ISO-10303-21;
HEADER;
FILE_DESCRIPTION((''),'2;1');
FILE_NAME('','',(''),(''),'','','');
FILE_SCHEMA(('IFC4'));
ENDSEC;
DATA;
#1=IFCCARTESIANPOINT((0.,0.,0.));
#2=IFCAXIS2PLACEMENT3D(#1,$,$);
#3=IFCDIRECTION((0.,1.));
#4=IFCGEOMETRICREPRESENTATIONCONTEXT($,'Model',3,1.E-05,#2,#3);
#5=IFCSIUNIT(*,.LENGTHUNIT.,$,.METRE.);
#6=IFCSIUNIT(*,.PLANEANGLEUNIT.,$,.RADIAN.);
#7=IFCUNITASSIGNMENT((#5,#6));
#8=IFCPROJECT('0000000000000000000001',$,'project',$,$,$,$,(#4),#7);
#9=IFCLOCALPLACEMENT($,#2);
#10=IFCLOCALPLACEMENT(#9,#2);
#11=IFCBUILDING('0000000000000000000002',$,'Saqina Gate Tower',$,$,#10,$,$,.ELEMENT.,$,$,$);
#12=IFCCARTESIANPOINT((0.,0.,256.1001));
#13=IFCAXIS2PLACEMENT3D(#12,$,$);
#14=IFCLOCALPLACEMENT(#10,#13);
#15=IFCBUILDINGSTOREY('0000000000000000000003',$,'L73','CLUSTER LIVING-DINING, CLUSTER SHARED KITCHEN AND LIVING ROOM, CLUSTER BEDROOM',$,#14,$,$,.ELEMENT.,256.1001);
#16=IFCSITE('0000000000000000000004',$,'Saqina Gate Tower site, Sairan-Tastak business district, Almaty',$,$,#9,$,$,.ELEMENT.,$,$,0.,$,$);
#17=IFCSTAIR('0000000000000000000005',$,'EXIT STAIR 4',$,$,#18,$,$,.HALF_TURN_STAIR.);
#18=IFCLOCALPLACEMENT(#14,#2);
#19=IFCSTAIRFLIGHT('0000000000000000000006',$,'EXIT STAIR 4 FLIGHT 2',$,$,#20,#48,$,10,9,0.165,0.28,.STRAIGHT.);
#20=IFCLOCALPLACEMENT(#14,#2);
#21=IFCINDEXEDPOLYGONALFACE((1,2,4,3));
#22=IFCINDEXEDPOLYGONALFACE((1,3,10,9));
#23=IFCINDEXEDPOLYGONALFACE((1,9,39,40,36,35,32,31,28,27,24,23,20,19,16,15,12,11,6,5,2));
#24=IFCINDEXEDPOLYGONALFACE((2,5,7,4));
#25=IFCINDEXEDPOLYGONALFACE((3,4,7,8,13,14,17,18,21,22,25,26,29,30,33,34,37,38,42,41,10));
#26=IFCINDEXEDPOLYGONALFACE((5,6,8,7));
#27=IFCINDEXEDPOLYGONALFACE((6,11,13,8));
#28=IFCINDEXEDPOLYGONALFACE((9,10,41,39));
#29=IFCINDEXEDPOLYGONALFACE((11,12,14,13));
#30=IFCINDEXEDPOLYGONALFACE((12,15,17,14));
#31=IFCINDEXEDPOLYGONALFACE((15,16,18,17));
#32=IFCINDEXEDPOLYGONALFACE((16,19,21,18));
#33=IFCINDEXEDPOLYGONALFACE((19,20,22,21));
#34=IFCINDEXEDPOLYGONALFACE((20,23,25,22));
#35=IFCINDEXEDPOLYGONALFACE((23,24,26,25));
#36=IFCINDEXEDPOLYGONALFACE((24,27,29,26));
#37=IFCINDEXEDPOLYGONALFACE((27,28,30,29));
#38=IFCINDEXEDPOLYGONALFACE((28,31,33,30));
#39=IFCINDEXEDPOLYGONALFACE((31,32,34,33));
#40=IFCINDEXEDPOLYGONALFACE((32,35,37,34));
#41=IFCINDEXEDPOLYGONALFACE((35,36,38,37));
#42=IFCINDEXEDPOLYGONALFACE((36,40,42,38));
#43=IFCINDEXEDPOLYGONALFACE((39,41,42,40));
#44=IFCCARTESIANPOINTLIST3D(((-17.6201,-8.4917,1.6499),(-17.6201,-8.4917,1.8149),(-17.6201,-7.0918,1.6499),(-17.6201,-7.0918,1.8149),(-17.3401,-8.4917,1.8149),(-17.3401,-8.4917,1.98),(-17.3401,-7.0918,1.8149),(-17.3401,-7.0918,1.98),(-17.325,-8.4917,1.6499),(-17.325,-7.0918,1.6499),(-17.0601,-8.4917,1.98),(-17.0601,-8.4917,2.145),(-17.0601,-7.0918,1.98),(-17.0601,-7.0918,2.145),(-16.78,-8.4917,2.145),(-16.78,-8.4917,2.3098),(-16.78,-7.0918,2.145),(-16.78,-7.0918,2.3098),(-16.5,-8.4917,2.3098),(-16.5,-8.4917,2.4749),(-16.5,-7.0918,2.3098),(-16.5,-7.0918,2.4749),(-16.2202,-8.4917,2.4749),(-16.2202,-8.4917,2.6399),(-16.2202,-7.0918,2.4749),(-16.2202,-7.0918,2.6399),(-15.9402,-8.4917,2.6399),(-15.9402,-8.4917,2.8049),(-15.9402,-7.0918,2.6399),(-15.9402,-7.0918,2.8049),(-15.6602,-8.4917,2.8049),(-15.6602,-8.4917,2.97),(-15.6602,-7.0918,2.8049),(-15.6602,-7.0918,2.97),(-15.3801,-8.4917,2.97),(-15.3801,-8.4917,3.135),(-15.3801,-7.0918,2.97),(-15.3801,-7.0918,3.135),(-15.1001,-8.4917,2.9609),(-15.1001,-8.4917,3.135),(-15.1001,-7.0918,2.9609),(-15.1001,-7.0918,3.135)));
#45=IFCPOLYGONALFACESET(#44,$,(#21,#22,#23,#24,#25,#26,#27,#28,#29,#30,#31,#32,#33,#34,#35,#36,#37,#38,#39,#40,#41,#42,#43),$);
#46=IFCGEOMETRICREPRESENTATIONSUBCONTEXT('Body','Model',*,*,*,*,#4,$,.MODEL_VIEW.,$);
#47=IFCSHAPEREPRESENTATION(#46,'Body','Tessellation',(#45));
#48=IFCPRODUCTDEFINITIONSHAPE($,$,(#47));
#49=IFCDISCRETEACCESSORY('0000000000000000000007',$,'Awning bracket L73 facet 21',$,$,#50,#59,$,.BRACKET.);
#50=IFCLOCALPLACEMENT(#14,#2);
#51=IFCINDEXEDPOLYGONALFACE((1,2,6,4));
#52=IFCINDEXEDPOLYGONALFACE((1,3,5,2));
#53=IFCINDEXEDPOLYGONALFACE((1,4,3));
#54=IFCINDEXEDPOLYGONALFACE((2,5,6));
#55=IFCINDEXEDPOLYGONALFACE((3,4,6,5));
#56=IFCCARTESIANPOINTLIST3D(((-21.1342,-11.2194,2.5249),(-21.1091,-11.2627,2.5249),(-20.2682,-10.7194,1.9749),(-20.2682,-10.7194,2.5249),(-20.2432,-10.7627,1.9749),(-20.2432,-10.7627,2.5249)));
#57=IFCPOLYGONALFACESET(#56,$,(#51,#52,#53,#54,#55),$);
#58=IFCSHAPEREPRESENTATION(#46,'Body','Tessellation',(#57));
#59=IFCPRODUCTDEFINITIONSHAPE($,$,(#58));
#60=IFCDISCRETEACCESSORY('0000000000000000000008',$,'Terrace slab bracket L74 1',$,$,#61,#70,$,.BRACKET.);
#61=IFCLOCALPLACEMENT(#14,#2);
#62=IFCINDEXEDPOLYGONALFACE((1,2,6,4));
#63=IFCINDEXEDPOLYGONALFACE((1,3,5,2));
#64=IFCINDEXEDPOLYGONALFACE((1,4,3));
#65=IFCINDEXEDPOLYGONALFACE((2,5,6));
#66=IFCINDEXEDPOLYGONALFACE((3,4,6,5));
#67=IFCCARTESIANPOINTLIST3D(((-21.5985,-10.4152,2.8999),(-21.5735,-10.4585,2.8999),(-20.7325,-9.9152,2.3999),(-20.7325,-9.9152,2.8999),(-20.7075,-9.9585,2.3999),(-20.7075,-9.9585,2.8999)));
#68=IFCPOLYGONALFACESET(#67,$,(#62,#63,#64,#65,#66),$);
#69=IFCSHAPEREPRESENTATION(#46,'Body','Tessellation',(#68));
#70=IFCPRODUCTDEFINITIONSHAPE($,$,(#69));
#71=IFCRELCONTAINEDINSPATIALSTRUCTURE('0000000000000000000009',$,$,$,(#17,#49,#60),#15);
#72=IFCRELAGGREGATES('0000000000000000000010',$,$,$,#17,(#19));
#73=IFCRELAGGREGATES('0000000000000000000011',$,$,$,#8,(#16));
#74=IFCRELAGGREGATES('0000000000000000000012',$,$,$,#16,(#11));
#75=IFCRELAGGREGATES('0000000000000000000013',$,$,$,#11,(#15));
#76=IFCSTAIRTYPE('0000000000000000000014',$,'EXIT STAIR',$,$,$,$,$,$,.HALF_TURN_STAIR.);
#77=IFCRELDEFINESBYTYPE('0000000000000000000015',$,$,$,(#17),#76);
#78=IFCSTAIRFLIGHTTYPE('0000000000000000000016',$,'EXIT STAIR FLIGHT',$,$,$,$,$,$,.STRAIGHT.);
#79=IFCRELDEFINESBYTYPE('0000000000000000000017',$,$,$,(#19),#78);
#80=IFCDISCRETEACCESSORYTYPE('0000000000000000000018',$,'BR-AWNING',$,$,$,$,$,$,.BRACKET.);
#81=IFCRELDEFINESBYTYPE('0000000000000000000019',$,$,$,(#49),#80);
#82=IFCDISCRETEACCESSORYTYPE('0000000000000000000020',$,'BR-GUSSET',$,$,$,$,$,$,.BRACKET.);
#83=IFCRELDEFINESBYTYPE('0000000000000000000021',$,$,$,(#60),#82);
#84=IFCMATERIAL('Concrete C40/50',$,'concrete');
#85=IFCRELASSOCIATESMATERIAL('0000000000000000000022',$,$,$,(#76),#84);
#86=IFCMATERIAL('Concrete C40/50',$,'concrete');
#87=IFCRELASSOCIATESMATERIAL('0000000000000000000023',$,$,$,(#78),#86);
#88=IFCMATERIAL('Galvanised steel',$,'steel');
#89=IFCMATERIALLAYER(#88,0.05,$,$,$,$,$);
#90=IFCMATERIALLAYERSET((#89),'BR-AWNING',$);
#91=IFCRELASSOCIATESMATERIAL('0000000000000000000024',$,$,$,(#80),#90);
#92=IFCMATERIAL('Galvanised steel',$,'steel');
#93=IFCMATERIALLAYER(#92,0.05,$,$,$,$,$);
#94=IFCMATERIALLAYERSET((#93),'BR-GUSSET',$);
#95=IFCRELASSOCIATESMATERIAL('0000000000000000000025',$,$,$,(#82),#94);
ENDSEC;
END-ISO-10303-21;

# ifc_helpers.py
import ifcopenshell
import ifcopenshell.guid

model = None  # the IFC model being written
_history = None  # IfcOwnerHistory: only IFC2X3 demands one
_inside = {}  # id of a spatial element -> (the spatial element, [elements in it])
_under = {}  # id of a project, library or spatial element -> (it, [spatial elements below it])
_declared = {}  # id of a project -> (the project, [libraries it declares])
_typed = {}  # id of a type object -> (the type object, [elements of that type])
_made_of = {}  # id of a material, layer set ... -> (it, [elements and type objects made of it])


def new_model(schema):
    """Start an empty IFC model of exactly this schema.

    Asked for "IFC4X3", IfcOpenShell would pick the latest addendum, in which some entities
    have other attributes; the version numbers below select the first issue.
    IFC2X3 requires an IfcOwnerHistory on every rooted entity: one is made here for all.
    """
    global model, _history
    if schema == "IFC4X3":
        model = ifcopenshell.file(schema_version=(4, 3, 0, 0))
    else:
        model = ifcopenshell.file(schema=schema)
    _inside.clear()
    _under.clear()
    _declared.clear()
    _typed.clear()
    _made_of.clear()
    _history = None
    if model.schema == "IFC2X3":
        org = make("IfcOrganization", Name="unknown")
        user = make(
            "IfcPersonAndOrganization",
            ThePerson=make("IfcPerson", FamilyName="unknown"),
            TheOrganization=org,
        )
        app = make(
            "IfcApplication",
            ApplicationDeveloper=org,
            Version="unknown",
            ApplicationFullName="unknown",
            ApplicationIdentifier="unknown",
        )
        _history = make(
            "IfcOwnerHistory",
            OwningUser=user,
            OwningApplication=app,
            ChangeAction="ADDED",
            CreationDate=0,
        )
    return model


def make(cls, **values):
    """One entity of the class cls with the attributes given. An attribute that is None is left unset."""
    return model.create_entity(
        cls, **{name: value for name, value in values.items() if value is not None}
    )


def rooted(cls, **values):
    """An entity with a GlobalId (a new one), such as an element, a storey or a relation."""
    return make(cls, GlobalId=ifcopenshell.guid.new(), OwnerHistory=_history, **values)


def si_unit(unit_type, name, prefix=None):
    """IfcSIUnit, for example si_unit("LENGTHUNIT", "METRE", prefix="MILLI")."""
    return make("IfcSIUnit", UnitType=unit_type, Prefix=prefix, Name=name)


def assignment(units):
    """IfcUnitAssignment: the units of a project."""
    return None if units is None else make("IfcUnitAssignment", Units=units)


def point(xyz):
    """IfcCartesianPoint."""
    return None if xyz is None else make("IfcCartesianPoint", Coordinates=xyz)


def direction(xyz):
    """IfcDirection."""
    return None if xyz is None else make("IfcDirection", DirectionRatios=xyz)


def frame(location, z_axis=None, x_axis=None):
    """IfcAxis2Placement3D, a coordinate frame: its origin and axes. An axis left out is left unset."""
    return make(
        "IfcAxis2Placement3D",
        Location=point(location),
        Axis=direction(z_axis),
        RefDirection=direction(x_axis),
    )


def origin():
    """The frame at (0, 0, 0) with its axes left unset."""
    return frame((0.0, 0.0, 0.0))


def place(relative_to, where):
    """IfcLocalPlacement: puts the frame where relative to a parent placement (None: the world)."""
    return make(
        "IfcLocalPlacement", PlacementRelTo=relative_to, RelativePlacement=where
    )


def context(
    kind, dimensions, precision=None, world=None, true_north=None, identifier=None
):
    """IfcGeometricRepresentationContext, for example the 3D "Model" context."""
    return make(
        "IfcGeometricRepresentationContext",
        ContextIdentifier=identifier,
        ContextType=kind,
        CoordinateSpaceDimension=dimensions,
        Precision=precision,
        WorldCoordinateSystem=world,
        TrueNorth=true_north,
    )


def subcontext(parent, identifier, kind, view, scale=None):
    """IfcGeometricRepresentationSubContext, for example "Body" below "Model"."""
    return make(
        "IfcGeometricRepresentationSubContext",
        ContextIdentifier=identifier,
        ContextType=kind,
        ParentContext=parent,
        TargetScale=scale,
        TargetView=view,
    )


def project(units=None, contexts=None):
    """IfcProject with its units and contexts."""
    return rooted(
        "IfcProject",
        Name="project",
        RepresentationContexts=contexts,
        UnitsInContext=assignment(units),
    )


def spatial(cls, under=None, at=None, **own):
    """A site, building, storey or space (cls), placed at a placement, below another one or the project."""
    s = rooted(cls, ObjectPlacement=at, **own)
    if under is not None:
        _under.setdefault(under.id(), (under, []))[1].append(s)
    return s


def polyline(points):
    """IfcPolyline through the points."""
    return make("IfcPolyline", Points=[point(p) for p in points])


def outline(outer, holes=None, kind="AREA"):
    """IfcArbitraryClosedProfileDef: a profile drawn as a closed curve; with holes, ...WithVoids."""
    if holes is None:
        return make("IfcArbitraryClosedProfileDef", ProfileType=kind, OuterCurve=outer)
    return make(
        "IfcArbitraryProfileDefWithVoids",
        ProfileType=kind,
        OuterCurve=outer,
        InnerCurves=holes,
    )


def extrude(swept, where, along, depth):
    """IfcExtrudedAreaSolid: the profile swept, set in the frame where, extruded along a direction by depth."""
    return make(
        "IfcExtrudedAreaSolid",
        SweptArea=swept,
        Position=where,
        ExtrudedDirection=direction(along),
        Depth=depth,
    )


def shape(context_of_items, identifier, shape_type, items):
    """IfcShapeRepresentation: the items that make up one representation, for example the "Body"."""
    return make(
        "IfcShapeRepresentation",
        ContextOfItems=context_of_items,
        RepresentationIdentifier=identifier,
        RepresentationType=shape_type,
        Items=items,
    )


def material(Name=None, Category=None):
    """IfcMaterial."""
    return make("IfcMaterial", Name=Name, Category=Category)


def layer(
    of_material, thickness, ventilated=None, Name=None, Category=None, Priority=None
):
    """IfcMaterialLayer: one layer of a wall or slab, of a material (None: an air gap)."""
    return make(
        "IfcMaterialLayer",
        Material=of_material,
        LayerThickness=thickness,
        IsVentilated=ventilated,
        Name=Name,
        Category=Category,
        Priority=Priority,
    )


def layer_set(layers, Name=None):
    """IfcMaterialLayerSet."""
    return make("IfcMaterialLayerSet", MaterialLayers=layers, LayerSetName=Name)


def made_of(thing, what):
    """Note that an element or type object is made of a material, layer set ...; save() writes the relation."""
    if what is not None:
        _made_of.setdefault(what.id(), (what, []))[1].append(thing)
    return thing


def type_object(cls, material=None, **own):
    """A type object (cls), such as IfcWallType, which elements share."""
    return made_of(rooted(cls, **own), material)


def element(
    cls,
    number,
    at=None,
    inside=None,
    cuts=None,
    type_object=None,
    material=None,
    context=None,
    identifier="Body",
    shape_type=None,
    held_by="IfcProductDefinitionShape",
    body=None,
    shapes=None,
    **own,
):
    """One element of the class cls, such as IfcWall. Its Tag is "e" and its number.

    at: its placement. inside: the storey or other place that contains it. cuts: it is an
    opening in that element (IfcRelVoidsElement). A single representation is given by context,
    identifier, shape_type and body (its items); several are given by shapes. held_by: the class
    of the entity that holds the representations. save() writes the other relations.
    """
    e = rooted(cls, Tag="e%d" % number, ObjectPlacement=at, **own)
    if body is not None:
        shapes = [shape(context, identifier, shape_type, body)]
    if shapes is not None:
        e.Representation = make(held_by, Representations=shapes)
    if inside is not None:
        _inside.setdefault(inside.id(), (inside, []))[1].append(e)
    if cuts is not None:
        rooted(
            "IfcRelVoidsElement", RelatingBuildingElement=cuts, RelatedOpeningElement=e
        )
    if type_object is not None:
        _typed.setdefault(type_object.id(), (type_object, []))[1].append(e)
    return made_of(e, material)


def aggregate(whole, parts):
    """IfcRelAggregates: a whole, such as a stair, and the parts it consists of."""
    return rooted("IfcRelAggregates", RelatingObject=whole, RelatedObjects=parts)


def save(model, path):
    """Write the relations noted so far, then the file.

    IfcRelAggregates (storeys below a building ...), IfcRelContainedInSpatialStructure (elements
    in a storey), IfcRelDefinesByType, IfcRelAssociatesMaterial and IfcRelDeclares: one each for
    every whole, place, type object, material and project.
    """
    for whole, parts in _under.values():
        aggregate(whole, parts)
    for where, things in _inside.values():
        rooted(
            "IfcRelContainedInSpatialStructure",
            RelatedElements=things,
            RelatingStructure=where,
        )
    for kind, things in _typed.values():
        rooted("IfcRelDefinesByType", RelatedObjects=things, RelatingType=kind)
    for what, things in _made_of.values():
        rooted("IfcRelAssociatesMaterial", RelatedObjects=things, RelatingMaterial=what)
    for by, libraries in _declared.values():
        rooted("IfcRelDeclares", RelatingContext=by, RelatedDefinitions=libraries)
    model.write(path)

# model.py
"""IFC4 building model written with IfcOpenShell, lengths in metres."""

from ifc_helpers import new_model, si_unit, direction, frame, origin, place, context, subcontext, project, spatial, polyline, outline, extrude, material, layer, layer_set, type_object, element, aggregate, save


model = new_model("IFC4")

# Units and contexts
model_context = context("Model", 3, precision=1e-05, world=origin(), true_north=direction((0.0, 1.0)))
body_context = subcontext(model_context, "Body", "Model", "MODEL_VIEW")
ifc_project = project(units=[si_unit("LENGTHUNIT", "METRE"), si_unit("PLANEANGLEUNIT", "RADIAN")], contexts=[model_context])

# Site, building, storey
site_placement = place(None, origin())
site = spatial("IfcSite", under=ifc_project, at=site_placement, Name="Saqina Gate Tower site, Sairan-Tastak business district, Almaty", CompositionType="ELEMENT", RefElevation=0.0)
building_placement = place(site_placement, origin())
building = spatial("IfcBuilding", under=site, at=building_placement, Name="Saqina Gate Tower", CompositionType="ELEMENT")
storey_placement = place(building_placement, frame((0.0, 0.0, 256.1001)))
storey = spatial("IfcBuildingStorey", under=building, at=storey_placement, Name="L73", Description="CLUSTER LIVING-DINING, CLUSTER SHARED KITCHEN AND LIVING ROOM, CLUSTER BEDROOM", CompositionType="ELEMENT", Elevation=256.1001)

# Stair, stair flight
ifc_material_1 = material(Name="Concrete C40/50", Category="concrete")
stair_type = type_object("IfcStairType", Name="EXIT STAIR", PredefinedType="HALF_TURN_STAIR", material=ifc_material_1)
stair_placement = place(storey_placement, origin())
stair = element("IfcStair", 1, at=stair_placement, inside=storey, type_object=stair_type, Name="EXIT STAIR 4", PredefinedType="HALF_TURN_STAIR")
ifc_material_2 = material(Name="Concrete C40/50", Category="concrete")
stair_flight_type = type_object("IfcStairFlightType", Name="EXIT STAIR FLIGHT", PredefinedType="STRAIGHT", material=ifc_material_2)
stair_flight_1_placement = place(storey_placement, frame((-17.6201, -7.7917, 1.6499), z_axis=(0.0, 0.0, 1.0), x_axis=(1.0, 0.0, 0.0)))
stair_flight_1 = element("IfcStairFlight", 2, at=stair_flight_1_placement, type_object=stair_flight_type, Name="EXIT STAIR 4 FLIGHT 2", NumberOfRisers=10, NumberOfTreads=9, PredefinedType="STRAIGHT", RiserHeight=0.165, TreadLength=0.28, context=body_context, shape_type="SweptSolid", body=[
    extrude(outline(polyline([(0.0, 0.0), (0.0, 0.165), (0.28, 0.165), (0.28, 0.3301), (0.5601, 0.3301), (0.5601, 0.4951), (0.8401, 0.4951), (0.8401, 0.6599), (1.1201, 0.6599), (1.1201, 0.825), (1.3999, 0.825), (1.3999, 0.99), (1.6799, 0.99), (1.6799, 1.155), (1.96, 1.155), (1.96, 1.3201), (2.24, 1.3201), (2.24, 1.4851), (2.52, 1.4851), (2.52, 1.6499), (2.52, 1.311), (0.2952, 0.0), (0.0, 0.0)])), frame((0.0, 0.7, 0.0), z_axis=(0.0, -1.0, 0.0), x_axis=(1.0, 0.0, 0.0)), (0.0, 0.0, 1.0), 1.3999),
])
aggregate(stair, [stair_flight_1])

# Discrete accessories
ifc_material_3 = material(Name="Galvanised steel", Category="steel")
ifc_layer_1 = layer(ifc_material_3, 0.05)
ifc_layer_set_1 = layer_set([ifc_layer_1], Name="BR-AWNING")
discrete_accessory_type_1 = type_object("IfcDiscreteAccessoryType", Name="BR-AWNING", PredefinedType="BRACKET", material=ifc_layer_set_1)
discrete_accessory_1_placement = place(storey_placement, frame((-20.2432, -10.7627, 1.9749), z_axis=(0.500025, -0.866011, 0.0), x_axis=(0.0, 0.0, 1.0)))
element("IfcDiscreteAccessory", 3, at=discrete_accessory_1_placement, inside=storey, type_object=discrete_accessory_type_1, Name="Awning bracket L73 facet 21", PredefinedType="BRACKET", context=body_context, shape_type="SweptSolid", body=[
    extrude(outline(polyline([(0.0, 0.0), (0.55, 0.0), (0.55, 0.9999), (0.0, 0.0)])), origin(), (0.0, 0.0, -1.0), 0.05),
])
ifc_material_4 = material(Name="Galvanised steel", Category="steel")
ifc_layer_2 = layer(ifc_material_4, 0.05)
ifc_layer_set_2 = layer_set([ifc_layer_2], Name="BR-GUSSET")
discrete_accessory_type_2 = type_object("IfcDiscreteAccessoryType", Name="BR-GUSSET", PredefinedType="BRACKET", material=ifc_layer_set_2)
discrete_accessory_2_placement = place(storey_placement, frame((-20.7075, -9.9585, 2.3999), z_axis=(0.500025, -0.866011, 0.0), x_axis=(0.0, 0.0, 1.0)))
element("IfcDiscreteAccessory", 4, at=discrete_accessory_2_placement, inside=storey, type_object=discrete_accessory_type_2, Name="Terrace slab bracket L74 1", PredefinedType="BRACKET", context=body_context, shape_type="SweptSolid", body=[
    extrude(outline(polyline([(0.0, 0.0), (0.5, 0.0), (0.5, 0.9999), (0.0, 0.0)])), origin(), (0.0, 0.0, -1.0), 0.05),
])

save(model, "model.ifc")
